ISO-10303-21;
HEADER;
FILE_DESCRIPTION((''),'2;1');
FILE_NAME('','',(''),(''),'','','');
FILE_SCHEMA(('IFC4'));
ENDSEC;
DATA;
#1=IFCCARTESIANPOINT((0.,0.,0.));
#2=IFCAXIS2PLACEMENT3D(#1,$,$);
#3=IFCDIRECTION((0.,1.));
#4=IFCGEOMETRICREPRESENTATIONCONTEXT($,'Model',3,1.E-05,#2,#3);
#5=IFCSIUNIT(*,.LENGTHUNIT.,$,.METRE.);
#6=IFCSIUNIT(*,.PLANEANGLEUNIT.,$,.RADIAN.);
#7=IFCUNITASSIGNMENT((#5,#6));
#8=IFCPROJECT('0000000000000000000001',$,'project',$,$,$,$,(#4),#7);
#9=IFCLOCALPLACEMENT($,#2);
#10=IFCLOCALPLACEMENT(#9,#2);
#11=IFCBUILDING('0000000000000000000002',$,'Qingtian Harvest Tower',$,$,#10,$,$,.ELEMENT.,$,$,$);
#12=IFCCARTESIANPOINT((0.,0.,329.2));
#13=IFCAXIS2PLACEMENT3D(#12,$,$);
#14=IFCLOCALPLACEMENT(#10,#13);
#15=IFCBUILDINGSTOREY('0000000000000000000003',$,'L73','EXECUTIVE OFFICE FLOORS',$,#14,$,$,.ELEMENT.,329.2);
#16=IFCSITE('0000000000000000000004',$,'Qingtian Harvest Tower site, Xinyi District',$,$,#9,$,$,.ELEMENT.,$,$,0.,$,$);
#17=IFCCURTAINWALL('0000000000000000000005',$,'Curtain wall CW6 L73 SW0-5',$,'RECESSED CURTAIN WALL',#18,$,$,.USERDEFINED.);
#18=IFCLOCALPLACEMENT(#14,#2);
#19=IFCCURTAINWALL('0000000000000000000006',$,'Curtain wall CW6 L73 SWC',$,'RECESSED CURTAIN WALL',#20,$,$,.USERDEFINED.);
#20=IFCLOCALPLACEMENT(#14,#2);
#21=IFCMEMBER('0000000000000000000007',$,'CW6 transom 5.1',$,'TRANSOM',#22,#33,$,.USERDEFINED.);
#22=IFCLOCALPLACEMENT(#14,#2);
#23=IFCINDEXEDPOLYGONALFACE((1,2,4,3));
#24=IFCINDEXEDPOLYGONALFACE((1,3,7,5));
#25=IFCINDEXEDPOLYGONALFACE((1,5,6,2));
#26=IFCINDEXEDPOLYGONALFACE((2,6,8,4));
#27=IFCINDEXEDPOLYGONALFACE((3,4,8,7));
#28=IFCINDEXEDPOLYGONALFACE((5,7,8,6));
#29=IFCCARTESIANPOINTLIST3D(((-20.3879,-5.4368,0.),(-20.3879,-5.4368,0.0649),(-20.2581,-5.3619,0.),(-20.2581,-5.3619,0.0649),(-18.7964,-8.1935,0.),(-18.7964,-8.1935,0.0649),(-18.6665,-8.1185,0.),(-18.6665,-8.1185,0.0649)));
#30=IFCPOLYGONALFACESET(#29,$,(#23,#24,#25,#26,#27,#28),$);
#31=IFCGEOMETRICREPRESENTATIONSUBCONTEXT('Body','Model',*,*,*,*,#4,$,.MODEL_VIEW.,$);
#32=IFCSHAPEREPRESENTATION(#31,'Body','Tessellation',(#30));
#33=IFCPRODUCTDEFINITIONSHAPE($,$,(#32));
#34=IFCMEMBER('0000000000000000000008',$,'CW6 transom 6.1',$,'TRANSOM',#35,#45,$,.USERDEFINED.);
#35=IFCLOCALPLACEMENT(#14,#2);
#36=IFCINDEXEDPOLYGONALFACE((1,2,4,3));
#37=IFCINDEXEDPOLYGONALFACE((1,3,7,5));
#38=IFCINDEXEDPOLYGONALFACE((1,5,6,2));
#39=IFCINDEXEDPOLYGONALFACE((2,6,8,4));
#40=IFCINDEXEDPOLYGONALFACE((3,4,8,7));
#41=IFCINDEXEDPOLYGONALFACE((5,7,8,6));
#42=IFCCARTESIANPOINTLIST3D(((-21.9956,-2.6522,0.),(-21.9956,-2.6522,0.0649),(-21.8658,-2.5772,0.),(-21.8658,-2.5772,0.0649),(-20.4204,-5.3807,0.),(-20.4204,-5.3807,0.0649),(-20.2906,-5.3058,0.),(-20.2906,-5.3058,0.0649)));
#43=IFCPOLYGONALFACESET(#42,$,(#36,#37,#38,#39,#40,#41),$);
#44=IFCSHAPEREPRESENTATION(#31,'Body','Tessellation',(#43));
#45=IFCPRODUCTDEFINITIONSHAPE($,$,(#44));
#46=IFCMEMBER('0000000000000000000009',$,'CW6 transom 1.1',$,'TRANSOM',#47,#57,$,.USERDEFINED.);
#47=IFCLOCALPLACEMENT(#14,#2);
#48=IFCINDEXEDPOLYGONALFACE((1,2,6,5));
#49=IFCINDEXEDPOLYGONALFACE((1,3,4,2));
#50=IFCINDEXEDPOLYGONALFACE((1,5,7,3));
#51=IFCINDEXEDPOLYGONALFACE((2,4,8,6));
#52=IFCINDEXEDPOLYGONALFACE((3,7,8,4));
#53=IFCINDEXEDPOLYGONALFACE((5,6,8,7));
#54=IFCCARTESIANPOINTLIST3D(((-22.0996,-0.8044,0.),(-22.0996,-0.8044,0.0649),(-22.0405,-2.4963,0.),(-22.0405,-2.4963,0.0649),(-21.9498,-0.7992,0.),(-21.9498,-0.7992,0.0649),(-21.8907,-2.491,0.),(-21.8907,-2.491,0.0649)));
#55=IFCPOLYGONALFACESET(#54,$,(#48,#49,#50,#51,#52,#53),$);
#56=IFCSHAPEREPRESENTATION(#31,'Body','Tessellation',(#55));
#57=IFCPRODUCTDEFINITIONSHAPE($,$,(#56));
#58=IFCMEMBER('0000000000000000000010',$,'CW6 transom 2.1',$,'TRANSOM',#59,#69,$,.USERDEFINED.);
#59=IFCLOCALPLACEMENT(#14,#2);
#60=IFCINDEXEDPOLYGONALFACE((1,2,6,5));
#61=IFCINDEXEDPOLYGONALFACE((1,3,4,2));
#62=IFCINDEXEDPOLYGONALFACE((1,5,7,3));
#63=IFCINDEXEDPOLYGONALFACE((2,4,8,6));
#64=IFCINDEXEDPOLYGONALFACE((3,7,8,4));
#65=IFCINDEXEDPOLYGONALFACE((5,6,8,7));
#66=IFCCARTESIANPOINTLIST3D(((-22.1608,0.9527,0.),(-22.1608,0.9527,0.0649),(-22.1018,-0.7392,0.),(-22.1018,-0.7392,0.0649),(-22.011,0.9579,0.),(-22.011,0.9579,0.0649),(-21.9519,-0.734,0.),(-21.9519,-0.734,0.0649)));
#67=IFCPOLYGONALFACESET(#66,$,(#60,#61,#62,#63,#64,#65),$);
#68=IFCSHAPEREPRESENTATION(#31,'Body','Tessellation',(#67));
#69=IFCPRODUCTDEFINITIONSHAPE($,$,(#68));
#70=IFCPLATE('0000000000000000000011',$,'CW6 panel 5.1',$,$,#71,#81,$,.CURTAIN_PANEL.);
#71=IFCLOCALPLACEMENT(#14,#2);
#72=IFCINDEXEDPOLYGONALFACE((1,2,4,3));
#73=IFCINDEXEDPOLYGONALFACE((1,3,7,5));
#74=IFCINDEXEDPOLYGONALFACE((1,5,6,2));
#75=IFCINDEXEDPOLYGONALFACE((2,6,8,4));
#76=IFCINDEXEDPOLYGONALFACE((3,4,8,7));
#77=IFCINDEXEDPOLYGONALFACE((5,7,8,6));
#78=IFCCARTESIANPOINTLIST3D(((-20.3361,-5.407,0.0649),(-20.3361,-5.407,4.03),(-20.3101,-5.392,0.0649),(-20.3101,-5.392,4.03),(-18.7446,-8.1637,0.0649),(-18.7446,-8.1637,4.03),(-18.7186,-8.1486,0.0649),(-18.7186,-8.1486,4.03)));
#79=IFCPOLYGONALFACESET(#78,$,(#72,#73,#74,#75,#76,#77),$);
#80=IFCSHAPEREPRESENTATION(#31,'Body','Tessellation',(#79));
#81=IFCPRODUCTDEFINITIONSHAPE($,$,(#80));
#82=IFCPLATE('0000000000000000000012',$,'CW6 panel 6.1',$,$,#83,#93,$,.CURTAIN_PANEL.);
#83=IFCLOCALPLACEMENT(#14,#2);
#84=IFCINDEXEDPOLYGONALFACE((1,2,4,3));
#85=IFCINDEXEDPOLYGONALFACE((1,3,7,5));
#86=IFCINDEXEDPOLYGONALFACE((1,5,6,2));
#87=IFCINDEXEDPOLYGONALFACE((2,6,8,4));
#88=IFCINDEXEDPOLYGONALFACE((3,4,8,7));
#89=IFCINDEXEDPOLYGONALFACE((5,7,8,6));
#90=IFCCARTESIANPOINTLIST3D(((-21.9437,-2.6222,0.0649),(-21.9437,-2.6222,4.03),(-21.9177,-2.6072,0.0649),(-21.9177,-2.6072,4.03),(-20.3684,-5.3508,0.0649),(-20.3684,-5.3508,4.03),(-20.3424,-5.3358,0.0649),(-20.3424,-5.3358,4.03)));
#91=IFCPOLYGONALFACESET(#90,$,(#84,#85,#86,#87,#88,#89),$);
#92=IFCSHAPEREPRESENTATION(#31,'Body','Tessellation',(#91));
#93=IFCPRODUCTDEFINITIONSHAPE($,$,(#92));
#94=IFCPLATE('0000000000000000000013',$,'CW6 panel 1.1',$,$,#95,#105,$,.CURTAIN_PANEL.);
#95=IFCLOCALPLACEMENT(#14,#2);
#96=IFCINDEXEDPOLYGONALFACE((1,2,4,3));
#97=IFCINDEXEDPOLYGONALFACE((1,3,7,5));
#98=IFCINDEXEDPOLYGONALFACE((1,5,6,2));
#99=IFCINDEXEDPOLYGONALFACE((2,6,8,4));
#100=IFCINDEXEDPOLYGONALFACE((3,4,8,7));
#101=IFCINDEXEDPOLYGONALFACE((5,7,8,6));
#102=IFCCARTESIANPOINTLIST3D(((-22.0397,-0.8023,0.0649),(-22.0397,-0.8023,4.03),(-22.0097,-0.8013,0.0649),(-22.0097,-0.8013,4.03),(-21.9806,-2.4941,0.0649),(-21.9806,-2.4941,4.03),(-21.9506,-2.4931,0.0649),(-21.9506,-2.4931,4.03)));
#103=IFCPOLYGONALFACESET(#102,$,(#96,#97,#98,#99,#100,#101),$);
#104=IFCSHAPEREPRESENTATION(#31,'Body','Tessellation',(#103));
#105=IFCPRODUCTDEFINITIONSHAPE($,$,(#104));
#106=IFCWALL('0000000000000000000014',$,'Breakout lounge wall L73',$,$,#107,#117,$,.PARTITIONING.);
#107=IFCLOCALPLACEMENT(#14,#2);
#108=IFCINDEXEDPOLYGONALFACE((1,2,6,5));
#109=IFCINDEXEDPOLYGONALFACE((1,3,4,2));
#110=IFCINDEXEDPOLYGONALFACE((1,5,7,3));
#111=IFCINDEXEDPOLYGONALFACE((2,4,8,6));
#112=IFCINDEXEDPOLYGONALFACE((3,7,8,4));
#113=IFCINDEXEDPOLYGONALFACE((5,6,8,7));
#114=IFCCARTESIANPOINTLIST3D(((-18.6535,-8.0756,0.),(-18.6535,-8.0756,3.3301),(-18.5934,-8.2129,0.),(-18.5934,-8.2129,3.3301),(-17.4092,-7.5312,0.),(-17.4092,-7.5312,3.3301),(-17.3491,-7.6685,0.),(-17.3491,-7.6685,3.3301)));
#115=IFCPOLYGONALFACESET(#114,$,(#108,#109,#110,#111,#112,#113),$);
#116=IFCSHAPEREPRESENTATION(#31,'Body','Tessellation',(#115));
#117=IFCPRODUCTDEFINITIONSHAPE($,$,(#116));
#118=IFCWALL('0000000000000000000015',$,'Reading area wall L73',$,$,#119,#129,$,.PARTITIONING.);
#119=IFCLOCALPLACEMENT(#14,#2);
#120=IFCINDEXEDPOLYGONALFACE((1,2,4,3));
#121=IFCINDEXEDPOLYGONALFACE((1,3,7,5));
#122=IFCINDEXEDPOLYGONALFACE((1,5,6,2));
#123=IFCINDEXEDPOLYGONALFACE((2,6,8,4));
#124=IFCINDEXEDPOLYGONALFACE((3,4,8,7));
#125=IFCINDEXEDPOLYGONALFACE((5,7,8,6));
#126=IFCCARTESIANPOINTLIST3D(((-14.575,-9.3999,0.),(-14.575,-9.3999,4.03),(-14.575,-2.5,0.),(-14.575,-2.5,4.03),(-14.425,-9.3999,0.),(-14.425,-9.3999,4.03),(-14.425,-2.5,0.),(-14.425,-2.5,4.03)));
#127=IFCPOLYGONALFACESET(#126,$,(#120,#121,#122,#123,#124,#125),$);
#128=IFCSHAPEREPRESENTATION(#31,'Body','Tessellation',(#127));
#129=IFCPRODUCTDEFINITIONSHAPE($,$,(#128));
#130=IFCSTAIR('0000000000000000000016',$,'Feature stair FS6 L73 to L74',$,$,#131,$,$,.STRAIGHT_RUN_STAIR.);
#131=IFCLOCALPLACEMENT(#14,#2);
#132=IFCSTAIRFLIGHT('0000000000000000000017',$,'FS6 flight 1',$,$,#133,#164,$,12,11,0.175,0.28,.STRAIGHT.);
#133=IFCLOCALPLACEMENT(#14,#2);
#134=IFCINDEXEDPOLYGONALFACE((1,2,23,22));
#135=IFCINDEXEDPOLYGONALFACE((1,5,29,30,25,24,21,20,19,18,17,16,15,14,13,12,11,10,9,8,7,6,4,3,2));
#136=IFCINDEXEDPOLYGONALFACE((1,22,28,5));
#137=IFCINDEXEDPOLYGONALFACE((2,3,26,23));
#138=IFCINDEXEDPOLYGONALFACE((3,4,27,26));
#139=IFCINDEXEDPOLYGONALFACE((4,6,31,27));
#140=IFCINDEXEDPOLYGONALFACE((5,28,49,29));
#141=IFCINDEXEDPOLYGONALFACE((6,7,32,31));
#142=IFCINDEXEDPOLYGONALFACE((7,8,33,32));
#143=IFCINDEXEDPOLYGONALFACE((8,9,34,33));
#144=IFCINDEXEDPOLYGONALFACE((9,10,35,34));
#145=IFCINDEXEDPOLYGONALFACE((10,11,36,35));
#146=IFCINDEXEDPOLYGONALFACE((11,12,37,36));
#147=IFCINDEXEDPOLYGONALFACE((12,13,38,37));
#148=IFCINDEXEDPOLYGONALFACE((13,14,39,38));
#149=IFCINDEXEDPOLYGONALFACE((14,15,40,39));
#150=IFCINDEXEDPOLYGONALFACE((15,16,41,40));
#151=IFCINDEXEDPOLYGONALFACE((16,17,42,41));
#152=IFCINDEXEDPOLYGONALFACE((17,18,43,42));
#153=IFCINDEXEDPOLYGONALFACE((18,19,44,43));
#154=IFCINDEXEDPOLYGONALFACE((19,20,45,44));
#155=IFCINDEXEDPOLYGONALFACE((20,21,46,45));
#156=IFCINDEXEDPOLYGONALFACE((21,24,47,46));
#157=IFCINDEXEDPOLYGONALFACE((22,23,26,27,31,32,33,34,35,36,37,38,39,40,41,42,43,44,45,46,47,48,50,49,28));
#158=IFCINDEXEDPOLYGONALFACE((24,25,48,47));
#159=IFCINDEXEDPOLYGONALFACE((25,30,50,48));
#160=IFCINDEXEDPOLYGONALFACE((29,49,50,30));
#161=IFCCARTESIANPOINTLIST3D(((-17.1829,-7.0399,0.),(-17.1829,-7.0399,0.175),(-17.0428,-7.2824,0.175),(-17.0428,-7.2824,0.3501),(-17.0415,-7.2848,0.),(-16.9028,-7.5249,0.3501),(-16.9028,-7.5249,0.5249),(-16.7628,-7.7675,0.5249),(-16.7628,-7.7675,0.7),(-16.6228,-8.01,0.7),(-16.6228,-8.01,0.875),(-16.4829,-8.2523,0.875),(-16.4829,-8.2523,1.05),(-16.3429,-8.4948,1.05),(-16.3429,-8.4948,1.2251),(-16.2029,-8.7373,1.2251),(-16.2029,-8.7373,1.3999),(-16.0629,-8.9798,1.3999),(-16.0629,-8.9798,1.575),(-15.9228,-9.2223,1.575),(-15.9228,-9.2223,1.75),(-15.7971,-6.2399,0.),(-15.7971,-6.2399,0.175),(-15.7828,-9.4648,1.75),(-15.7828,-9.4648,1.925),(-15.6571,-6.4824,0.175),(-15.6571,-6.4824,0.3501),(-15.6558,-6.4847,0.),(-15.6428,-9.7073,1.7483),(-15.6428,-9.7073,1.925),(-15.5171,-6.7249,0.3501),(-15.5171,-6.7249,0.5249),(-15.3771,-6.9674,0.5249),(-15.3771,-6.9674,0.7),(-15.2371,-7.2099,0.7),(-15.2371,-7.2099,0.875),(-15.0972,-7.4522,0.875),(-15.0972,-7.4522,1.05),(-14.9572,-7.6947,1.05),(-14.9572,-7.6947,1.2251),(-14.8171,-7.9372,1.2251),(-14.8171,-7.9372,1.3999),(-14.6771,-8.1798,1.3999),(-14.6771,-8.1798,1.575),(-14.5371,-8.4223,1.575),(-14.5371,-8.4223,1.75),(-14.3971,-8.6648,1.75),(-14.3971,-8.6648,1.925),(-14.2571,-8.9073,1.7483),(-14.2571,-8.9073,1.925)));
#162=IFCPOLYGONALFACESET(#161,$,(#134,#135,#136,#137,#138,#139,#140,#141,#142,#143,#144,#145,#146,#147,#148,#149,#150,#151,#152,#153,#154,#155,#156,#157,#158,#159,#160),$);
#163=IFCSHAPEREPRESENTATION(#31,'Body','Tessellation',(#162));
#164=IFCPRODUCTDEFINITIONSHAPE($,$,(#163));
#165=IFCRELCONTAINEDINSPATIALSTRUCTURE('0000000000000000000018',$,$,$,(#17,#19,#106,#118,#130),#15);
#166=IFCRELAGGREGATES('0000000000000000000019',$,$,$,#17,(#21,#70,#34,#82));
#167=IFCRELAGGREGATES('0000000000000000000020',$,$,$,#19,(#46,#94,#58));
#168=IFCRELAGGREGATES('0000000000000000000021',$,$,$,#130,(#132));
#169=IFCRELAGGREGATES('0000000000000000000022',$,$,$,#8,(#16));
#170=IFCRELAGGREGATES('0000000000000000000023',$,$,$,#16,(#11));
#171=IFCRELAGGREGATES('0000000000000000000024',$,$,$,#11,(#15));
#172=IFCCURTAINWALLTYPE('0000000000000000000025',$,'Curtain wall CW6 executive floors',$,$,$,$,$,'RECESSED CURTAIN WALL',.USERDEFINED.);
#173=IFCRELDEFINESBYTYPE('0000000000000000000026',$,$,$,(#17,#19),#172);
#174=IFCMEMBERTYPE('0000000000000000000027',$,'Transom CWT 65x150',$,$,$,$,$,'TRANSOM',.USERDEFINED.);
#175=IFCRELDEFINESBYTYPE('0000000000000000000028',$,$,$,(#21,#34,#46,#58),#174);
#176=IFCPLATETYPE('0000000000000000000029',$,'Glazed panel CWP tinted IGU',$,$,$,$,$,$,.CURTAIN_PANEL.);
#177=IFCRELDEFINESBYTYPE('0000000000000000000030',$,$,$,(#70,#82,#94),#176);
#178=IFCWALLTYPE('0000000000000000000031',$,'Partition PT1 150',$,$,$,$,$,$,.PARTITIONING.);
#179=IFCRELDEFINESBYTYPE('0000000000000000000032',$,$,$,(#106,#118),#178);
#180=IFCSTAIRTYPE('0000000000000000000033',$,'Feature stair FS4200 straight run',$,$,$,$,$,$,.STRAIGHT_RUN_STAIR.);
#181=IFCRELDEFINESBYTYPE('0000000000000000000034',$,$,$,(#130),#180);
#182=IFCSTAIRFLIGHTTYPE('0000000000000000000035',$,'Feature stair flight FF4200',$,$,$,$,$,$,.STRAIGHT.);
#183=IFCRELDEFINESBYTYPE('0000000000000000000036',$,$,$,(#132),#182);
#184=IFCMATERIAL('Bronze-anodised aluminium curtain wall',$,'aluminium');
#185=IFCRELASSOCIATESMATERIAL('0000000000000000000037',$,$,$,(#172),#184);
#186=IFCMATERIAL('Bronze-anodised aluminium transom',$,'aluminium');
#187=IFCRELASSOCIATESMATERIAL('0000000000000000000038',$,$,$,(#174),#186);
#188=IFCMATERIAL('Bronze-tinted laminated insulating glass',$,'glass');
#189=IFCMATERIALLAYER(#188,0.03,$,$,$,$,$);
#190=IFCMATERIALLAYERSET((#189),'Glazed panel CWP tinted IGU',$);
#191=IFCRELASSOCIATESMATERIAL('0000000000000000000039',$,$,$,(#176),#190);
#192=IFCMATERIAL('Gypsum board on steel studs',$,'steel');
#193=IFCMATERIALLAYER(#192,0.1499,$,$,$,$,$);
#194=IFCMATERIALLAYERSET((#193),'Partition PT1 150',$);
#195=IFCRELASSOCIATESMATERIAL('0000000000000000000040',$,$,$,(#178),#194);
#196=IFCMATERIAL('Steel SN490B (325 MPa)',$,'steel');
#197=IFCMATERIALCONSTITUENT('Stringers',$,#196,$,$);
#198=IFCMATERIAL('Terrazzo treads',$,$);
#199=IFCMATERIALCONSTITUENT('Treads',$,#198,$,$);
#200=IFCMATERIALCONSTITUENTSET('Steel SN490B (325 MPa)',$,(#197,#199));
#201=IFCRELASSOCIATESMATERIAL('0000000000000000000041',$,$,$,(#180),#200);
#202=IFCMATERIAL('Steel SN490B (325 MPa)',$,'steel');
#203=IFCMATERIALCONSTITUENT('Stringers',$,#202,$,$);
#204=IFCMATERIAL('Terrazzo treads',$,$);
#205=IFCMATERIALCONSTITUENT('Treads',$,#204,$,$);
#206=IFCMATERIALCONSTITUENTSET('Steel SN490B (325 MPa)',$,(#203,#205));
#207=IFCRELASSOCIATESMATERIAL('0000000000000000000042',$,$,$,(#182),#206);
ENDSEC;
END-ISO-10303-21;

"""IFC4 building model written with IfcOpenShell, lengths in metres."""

from ifc_helpers import new_model, si_unit, direction, frame, frame_2d, origin, origin_2d, place, context, subcontext, project, spatial, polyline, rectangle, outline, extrude, material, layer, layer_set, constituent, constituent_set, material_profile, profile_set, type_object, element, aggregate, save


model = new_model("IFC4")

# Units and contexts
model_context = context("Model", 3, precision=1e-05, world=origin(), true_north=direction((0.0, 1.0)))
body_context = subcontext(model_context, "Body", "Model", "MODEL_VIEW")
ifc_project = project(units=[si_unit("LENGTHUNIT", "METRE"), si_unit("PLANEANGLEUNIT", "RADIAN")], contexts=[model_context])

# Site, building, storey
site_placement = place(None, origin())
site = spatial("IfcSite", under=ifc_project, at=site_placement, Name="Qingtian Harvest Tower site, Xinyi District", CompositionType="ELEMENT", RefElevation=0.0)
building_placement = place(site_placement, origin())
building = spatial("IfcBuilding", under=site, at=building_placement, Name="Qingtian Harvest Tower", CompositionType="ELEMENT")
storey_placement = place(building_placement, frame((0.0, 0.0, 329.2)))
storey = spatial("IfcBuildingStorey", under=building, at=storey_placement, Name="L73", Description="EXECUTIVE OFFICE FLOORS", CompositionType="ELEMENT", Elevation=329.2)

# Curtain walls
ifc_material_1 = material(Name="Bronze-anodised aluminium curtain wall", Category="aluminium")
curtain_wall_type = type_object("IfcCurtainWallType", Name="Curtain wall CW6 executive floors", ElementType="RECESSED CURTAIN WALL", PredefinedType="USERDEFINED", material=ifc_material_1)
curtain_wall_1_placement = place(storey_placement, origin())
curtain_wall_1 = element("IfcCurtainWall", 1, at=curtain_wall_1_placement, inside=storey, type_object=curtain_wall_type, Name="Curtain wall CW6 L73 SW0-5", ObjectType="RECESSED CURTAIN WALL", PredefinedType="USERDEFINED")
curtain_wall_2_placement = place(storey_placement, origin())
curtain_wall_2 = element("IfcCurtainWall", 2, at=curtain_wall_2_placement, inside=storey, type_object=curtain_wall_type, Name="Curtain wall CW6 L73 SWC", ObjectType="RECESSED CURTAIN WALL", PredefinedType="USERDEFINED")

# Members
ifc_material_2 = material(Name="Bronze-anodised aluminium transom", Category="aluminium")
ifc_material_profile_1 = material_profile(ifc_material_2, rectangle(XDim=0.1499, YDim=0.0649, at=origin_2d()), Name="AL 65x150")
ifc_profile_set_1 = profile_set([ifc_material_profile_1], Name="Bronze-anodised aluminium transom")
member_type_1 = type_object("IfcMemberType", Name="Transom CWT 65x150", ElementType="TRANSOM", PredefinedType="USERDEFINED", material=ifc_profile_set_1)
member_1_placement = place(storey_placement, frame((-18.7314, -8.156, 0.0325), z_axis=(-0.500008, 0.866021, 0.0), x_axis=(-0.866021, -0.500008, 0.0)))
member_1 = element("IfcMember", 3, at=member_1_placement, type_object=member_type_1, Name="CW6 transom 5.1", ObjectType="TRANSOM", PredefinedType="USERDEFINED", context=body_context, shape_type="SweptSolid", body=[
    extrude(rectangle(XDim=0.1499, YDim=0.0649, at=origin_2d()), origin(), (0.0, 0.0, 1.0), 3.1831),
])
member_2_placement = place(storey_placement, frame((-20.3555, -5.3433, 0.0325), z_axis=(-0.499973, 0.866041, 0.0), x_axis=(-0.866041, -0.499973, 0.0)))
member_2 = element("IfcMember", 4, at=member_2_placement, type_object=member_type_1, Name="CW6 transom 6.1", ObjectType="TRANSOM", PredefinedType="USERDEFINED", context=body_context, shape_type="SweptSolid", body=[
    extrude(rectangle(XDim=0.1499, YDim=0.0649, at=origin_2d()), origin(), (0.0, 0.0, 1.0), 3.1506),
])
member_3_placement = place(storey_placement, frame((-21.9656, -2.4937, 0.0325), z_axis=(-0.034899, 0.999391, 0.0), x_axis=(-0.999391, -0.034899, 0.0)))
member_3 = element("IfcMember", 5, at=member_3_placement, type_object=member_type_1, Name="CW6 transom 1.1", ObjectType="TRANSOM", PredefinedType="USERDEFINED", context=body_context, shape_type="SweptSolid", body=[
    extrude(rectangle(XDim=0.1499, YDim=0.0649, at=origin_2d()), origin(), (0.0, 0.0, 1.0), 1.6929),
])
member_4_placement = place(storey_placement, frame((-22.0269, -0.7366, 0.0325), z_axis=(-0.034899, 0.999391, 0.0), x_axis=(-0.999391, -0.034899, 0.0)))
member_4 = element("IfcMember", 6, at=member_4_placement, type_object=member_type_1, Name="CW6 transom 2.1", ObjectType="TRANSOM", PredefinedType="USERDEFINED", context=body_context, shape_type="SweptSolid", body=[
    extrude(rectangle(XDim=0.1499, YDim=0.0649, at=origin_2d()), origin(), (0.0, 0.0, 1.0), 1.6929),
])

# Plates
ifc_material_3 = material(Name="Bronze-tinted laminated insulating glass", Category="glass")
ifc_layer_1 = layer(ifc_material_3, 0.03)
ifc_layer_set_1 = layer_set([ifc_layer_1], Name="Glazed panel CWP tinted IGU")
plate_type = type_object("IfcPlateType", Name="Glazed panel CWP tinted IGU", PredefinedType="CURTAIN_PANEL", material=ifc_layer_set_1)
plate_1_placement = place(storey_placement, frame((-19.5273, -6.7778, 0.0649), z_axis=(0.0, 0.0, 1.0), x_axis=(-0.5, 0.866025, 0.0)))
plate_1 = element("IfcPlate", 7, at=plate_1_placement, type_object=plate_type, Name="CW6 panel 5.1", PredefinedType="CURTAIN_PANEL", context=body_context, shape_type="SweptSolid", body=[
    extrude(rectangle(XDim=3.1831, YDim=0.03, at=origin_2d()), origin(), (0.0, 0.0, 1.0), 3.9651),
])
plate_2_placement = place(storey_placement, frame((-21.1431, -3.979, 0.0649), z_axis=(0.0, 0.0, 1.0), x_axis=(-0.5, 0.866025, 0.0)))
plate_2 = element("IfcPlate", 8, at=plate_2_placement, type_object=plate_type, Name="CW6 panel 6.1", PredefinedType="CURTAIN_PANEL", context=body_context, shape_type="SweptSolid", body=[
    extrude(rectangle(XDim=3.1506, YDim=0.03, at=origin_2d()), origin(), (0.0, 0.0, 1.0), 3.9651),
])
aggregate(curtain_wall_1, [member_1, plate_1, member_2, plate_2])
plate_3_placement = place(storey_placement, frame((-21.9951, -1.6477, 0.0649), z_axis=(0.0, 0.0, 1.0), x_axis=(-0.034899, 0.999391, 0.0)))
plate_3 = element("IfcPlate", 9, at=plate_3_placement, type_object=plate_type, Name="CW6 panel 1.1", PredefinedType="CURTAIN_PANEL", context=body_context, shape_type="SweptSolid", body=[
    extrude(rectangle(XDim=1.6929, YDim=0.03, at=origin_2d()), origin(), (0.0, 0.0, 1.0), 3.9651),
])
aggregate(curtain_wall_2, [member_3, plate_3, member_4])

# Walls
ifc_material_4 = material(Name="Gypsum board on steel studs", Category="steel")
ifc_layer_2 = layer(ifc_material_4, 0.1499)
ifc_layer_set_2 = layer_set([ifc_layer_2], Name="Partition PT1 150")
wall_type = type_object("IfcWallType", Name="Partition PT1 150", PredefinedType="PARTITIONING", material=ifc_layer_set_2)
wall_1_placement = place(storey_placement, frame((-18.6235, -8.1443, 0.0), z_axis=(0.0, 0.0, 1.0), x_axis=(0.916153, 0.400828, 0.0)))
element("IfcWall", 10, at=wall_1_placement, inside=storey, type_object=wall_type, Name="Breakout lounge wall L73", PredefinedType="PARTITIONING", context=body_context, shape_type="SweptSolid", body=[
    extrude(rectangle(XDim=1.3582, YDim=0.1499, at=frame_2d((0.6792, 0.0))), origin(), (0.0, 0.0, 1.0), 3.3301),
])
wall_2_placement = place(storey_placement, frame((-14.5, -9.3999, 0.0), z_axis=(0.0, 0.0, 1.0), x_axis=(0.0, 1.0, 0.0)))
element("IfcWall", 11, at=wall_2_placement, inside=storey, type_object=wall_type, Name="Reading area wall L73", PredefinedType="PARTITIONING", context=body_context, shape_type="SweptSolid", body=[
    extrude(rectangle(XDim=6.8999, YDim=0.1499, at=frame_2d((3.45, 0.0))), origin(), (0.0, 0.0, 1.0), 4.03),
])

# Stair, stair flight
ifc_material_5 = material(Name="Steel SN490B (325 MPa)", Category="steel")
ifc_constituent_1 = constituent(ifc_material_5, Name="Stringers")
ifc_material_6 = material(Name="Terrazzo treads")
ifc_constituent_2 = constituent(ifc_material_6, Name="Treads")
ifc_constituent_set_1 = constituent_set(constituents=[ifc_constituent_1, ifc_constituent_2], Name="Steel SN490B (325 MPa)")
stair_type = type_object("IfcStairType", Name="Feature stair FS4200 straight run", PredefinedType="STRAIGHT_RUN_STAIR", material=ifc_constituent_set_1)
stair_placement = place(storey_placement, origin())
stair = element("IfcStair", 12, at=stair_placement, inside=storey, type_object=stair_type, Name="Feature stair FS6 L73 to L74", PredefinedType="STRAIGHT_RUN_STAIR")
ifc_material_7 = material(Name="Steel SN490B (325 MPa)", Category="steel")
ifc_constituent_3 = constituent(ifc_material_7, Name="Stringers")
ifc_material_8 = material(Name="Terrazzo treads")
ifc_constituent_4 = constituent(ifc_material_8, Name="Treads")
ifc_constituent_set_2 = constituent_set(constituents=[ifc_constituent_3, ifc_constituent_4], Name="Steel SN490B (325 MPa)")
stair_flight_type = type_object("IfcStairFlightType", Name="Feature stair flight FF4200", PredefinedType="STRAIGHT", material=ifc_constituent_set_2)
stair_flight_placement = place(storey_placement, frame((-16.49, -6.6399, 0.0), z_axis=(0.0, 0.0, 1.0), x_axis=(0.5, -0.866025, 0.0)))
stair_flight = element("IfcStairFlight", 13, at=stair_flight_placement, type_object=stair_flight_type, Name="FS6 flight 1", NumberOfRisers=12, NumberOfTreads=11, PredefinedType="STRAIGHT", RiserHeight=0.175, TreadLength=0.28, context=body_context, shape_type="SweptSolid", body=[
    extrude(outline(polyline([(0.0, 0.0), (0.0, 0.175), (0.28, 0.175), (0.28, 0.3501), (0.5601, 0.3501), (0.5601, 0.5249), (0.8401, 0.5249), (0.8401, 0.7), (1.1201, 0.7), (1.1201, 0.875), (1.3999, 0.875), (1.3999, 1.05), (1.6799, 1.05), (1.6799, 1.2251), (1.96, 1.2251), (1.96, 1.3999), (2.24, 1.3999), (2.24, 1.575), (2.52, 1.575), (2.52, 1.75), (2.8, 1.75), (2.8, 1.925), (3.0801, 1.925), (3.0801, 2.1001), (3.0801, 1.7483), (0.2827, 0.0), (0.0, 0.0)])), frame((0.0, 0.8, 0.0), z_axis=(0.0, -1.0, 0.0), x_axis=(1.0, 0.0, 0.0)), (0.0, 0.0, 1.0), 1.6001),
])
aggregate(stair, [stair_flight])

save(model, "model.ifc")
